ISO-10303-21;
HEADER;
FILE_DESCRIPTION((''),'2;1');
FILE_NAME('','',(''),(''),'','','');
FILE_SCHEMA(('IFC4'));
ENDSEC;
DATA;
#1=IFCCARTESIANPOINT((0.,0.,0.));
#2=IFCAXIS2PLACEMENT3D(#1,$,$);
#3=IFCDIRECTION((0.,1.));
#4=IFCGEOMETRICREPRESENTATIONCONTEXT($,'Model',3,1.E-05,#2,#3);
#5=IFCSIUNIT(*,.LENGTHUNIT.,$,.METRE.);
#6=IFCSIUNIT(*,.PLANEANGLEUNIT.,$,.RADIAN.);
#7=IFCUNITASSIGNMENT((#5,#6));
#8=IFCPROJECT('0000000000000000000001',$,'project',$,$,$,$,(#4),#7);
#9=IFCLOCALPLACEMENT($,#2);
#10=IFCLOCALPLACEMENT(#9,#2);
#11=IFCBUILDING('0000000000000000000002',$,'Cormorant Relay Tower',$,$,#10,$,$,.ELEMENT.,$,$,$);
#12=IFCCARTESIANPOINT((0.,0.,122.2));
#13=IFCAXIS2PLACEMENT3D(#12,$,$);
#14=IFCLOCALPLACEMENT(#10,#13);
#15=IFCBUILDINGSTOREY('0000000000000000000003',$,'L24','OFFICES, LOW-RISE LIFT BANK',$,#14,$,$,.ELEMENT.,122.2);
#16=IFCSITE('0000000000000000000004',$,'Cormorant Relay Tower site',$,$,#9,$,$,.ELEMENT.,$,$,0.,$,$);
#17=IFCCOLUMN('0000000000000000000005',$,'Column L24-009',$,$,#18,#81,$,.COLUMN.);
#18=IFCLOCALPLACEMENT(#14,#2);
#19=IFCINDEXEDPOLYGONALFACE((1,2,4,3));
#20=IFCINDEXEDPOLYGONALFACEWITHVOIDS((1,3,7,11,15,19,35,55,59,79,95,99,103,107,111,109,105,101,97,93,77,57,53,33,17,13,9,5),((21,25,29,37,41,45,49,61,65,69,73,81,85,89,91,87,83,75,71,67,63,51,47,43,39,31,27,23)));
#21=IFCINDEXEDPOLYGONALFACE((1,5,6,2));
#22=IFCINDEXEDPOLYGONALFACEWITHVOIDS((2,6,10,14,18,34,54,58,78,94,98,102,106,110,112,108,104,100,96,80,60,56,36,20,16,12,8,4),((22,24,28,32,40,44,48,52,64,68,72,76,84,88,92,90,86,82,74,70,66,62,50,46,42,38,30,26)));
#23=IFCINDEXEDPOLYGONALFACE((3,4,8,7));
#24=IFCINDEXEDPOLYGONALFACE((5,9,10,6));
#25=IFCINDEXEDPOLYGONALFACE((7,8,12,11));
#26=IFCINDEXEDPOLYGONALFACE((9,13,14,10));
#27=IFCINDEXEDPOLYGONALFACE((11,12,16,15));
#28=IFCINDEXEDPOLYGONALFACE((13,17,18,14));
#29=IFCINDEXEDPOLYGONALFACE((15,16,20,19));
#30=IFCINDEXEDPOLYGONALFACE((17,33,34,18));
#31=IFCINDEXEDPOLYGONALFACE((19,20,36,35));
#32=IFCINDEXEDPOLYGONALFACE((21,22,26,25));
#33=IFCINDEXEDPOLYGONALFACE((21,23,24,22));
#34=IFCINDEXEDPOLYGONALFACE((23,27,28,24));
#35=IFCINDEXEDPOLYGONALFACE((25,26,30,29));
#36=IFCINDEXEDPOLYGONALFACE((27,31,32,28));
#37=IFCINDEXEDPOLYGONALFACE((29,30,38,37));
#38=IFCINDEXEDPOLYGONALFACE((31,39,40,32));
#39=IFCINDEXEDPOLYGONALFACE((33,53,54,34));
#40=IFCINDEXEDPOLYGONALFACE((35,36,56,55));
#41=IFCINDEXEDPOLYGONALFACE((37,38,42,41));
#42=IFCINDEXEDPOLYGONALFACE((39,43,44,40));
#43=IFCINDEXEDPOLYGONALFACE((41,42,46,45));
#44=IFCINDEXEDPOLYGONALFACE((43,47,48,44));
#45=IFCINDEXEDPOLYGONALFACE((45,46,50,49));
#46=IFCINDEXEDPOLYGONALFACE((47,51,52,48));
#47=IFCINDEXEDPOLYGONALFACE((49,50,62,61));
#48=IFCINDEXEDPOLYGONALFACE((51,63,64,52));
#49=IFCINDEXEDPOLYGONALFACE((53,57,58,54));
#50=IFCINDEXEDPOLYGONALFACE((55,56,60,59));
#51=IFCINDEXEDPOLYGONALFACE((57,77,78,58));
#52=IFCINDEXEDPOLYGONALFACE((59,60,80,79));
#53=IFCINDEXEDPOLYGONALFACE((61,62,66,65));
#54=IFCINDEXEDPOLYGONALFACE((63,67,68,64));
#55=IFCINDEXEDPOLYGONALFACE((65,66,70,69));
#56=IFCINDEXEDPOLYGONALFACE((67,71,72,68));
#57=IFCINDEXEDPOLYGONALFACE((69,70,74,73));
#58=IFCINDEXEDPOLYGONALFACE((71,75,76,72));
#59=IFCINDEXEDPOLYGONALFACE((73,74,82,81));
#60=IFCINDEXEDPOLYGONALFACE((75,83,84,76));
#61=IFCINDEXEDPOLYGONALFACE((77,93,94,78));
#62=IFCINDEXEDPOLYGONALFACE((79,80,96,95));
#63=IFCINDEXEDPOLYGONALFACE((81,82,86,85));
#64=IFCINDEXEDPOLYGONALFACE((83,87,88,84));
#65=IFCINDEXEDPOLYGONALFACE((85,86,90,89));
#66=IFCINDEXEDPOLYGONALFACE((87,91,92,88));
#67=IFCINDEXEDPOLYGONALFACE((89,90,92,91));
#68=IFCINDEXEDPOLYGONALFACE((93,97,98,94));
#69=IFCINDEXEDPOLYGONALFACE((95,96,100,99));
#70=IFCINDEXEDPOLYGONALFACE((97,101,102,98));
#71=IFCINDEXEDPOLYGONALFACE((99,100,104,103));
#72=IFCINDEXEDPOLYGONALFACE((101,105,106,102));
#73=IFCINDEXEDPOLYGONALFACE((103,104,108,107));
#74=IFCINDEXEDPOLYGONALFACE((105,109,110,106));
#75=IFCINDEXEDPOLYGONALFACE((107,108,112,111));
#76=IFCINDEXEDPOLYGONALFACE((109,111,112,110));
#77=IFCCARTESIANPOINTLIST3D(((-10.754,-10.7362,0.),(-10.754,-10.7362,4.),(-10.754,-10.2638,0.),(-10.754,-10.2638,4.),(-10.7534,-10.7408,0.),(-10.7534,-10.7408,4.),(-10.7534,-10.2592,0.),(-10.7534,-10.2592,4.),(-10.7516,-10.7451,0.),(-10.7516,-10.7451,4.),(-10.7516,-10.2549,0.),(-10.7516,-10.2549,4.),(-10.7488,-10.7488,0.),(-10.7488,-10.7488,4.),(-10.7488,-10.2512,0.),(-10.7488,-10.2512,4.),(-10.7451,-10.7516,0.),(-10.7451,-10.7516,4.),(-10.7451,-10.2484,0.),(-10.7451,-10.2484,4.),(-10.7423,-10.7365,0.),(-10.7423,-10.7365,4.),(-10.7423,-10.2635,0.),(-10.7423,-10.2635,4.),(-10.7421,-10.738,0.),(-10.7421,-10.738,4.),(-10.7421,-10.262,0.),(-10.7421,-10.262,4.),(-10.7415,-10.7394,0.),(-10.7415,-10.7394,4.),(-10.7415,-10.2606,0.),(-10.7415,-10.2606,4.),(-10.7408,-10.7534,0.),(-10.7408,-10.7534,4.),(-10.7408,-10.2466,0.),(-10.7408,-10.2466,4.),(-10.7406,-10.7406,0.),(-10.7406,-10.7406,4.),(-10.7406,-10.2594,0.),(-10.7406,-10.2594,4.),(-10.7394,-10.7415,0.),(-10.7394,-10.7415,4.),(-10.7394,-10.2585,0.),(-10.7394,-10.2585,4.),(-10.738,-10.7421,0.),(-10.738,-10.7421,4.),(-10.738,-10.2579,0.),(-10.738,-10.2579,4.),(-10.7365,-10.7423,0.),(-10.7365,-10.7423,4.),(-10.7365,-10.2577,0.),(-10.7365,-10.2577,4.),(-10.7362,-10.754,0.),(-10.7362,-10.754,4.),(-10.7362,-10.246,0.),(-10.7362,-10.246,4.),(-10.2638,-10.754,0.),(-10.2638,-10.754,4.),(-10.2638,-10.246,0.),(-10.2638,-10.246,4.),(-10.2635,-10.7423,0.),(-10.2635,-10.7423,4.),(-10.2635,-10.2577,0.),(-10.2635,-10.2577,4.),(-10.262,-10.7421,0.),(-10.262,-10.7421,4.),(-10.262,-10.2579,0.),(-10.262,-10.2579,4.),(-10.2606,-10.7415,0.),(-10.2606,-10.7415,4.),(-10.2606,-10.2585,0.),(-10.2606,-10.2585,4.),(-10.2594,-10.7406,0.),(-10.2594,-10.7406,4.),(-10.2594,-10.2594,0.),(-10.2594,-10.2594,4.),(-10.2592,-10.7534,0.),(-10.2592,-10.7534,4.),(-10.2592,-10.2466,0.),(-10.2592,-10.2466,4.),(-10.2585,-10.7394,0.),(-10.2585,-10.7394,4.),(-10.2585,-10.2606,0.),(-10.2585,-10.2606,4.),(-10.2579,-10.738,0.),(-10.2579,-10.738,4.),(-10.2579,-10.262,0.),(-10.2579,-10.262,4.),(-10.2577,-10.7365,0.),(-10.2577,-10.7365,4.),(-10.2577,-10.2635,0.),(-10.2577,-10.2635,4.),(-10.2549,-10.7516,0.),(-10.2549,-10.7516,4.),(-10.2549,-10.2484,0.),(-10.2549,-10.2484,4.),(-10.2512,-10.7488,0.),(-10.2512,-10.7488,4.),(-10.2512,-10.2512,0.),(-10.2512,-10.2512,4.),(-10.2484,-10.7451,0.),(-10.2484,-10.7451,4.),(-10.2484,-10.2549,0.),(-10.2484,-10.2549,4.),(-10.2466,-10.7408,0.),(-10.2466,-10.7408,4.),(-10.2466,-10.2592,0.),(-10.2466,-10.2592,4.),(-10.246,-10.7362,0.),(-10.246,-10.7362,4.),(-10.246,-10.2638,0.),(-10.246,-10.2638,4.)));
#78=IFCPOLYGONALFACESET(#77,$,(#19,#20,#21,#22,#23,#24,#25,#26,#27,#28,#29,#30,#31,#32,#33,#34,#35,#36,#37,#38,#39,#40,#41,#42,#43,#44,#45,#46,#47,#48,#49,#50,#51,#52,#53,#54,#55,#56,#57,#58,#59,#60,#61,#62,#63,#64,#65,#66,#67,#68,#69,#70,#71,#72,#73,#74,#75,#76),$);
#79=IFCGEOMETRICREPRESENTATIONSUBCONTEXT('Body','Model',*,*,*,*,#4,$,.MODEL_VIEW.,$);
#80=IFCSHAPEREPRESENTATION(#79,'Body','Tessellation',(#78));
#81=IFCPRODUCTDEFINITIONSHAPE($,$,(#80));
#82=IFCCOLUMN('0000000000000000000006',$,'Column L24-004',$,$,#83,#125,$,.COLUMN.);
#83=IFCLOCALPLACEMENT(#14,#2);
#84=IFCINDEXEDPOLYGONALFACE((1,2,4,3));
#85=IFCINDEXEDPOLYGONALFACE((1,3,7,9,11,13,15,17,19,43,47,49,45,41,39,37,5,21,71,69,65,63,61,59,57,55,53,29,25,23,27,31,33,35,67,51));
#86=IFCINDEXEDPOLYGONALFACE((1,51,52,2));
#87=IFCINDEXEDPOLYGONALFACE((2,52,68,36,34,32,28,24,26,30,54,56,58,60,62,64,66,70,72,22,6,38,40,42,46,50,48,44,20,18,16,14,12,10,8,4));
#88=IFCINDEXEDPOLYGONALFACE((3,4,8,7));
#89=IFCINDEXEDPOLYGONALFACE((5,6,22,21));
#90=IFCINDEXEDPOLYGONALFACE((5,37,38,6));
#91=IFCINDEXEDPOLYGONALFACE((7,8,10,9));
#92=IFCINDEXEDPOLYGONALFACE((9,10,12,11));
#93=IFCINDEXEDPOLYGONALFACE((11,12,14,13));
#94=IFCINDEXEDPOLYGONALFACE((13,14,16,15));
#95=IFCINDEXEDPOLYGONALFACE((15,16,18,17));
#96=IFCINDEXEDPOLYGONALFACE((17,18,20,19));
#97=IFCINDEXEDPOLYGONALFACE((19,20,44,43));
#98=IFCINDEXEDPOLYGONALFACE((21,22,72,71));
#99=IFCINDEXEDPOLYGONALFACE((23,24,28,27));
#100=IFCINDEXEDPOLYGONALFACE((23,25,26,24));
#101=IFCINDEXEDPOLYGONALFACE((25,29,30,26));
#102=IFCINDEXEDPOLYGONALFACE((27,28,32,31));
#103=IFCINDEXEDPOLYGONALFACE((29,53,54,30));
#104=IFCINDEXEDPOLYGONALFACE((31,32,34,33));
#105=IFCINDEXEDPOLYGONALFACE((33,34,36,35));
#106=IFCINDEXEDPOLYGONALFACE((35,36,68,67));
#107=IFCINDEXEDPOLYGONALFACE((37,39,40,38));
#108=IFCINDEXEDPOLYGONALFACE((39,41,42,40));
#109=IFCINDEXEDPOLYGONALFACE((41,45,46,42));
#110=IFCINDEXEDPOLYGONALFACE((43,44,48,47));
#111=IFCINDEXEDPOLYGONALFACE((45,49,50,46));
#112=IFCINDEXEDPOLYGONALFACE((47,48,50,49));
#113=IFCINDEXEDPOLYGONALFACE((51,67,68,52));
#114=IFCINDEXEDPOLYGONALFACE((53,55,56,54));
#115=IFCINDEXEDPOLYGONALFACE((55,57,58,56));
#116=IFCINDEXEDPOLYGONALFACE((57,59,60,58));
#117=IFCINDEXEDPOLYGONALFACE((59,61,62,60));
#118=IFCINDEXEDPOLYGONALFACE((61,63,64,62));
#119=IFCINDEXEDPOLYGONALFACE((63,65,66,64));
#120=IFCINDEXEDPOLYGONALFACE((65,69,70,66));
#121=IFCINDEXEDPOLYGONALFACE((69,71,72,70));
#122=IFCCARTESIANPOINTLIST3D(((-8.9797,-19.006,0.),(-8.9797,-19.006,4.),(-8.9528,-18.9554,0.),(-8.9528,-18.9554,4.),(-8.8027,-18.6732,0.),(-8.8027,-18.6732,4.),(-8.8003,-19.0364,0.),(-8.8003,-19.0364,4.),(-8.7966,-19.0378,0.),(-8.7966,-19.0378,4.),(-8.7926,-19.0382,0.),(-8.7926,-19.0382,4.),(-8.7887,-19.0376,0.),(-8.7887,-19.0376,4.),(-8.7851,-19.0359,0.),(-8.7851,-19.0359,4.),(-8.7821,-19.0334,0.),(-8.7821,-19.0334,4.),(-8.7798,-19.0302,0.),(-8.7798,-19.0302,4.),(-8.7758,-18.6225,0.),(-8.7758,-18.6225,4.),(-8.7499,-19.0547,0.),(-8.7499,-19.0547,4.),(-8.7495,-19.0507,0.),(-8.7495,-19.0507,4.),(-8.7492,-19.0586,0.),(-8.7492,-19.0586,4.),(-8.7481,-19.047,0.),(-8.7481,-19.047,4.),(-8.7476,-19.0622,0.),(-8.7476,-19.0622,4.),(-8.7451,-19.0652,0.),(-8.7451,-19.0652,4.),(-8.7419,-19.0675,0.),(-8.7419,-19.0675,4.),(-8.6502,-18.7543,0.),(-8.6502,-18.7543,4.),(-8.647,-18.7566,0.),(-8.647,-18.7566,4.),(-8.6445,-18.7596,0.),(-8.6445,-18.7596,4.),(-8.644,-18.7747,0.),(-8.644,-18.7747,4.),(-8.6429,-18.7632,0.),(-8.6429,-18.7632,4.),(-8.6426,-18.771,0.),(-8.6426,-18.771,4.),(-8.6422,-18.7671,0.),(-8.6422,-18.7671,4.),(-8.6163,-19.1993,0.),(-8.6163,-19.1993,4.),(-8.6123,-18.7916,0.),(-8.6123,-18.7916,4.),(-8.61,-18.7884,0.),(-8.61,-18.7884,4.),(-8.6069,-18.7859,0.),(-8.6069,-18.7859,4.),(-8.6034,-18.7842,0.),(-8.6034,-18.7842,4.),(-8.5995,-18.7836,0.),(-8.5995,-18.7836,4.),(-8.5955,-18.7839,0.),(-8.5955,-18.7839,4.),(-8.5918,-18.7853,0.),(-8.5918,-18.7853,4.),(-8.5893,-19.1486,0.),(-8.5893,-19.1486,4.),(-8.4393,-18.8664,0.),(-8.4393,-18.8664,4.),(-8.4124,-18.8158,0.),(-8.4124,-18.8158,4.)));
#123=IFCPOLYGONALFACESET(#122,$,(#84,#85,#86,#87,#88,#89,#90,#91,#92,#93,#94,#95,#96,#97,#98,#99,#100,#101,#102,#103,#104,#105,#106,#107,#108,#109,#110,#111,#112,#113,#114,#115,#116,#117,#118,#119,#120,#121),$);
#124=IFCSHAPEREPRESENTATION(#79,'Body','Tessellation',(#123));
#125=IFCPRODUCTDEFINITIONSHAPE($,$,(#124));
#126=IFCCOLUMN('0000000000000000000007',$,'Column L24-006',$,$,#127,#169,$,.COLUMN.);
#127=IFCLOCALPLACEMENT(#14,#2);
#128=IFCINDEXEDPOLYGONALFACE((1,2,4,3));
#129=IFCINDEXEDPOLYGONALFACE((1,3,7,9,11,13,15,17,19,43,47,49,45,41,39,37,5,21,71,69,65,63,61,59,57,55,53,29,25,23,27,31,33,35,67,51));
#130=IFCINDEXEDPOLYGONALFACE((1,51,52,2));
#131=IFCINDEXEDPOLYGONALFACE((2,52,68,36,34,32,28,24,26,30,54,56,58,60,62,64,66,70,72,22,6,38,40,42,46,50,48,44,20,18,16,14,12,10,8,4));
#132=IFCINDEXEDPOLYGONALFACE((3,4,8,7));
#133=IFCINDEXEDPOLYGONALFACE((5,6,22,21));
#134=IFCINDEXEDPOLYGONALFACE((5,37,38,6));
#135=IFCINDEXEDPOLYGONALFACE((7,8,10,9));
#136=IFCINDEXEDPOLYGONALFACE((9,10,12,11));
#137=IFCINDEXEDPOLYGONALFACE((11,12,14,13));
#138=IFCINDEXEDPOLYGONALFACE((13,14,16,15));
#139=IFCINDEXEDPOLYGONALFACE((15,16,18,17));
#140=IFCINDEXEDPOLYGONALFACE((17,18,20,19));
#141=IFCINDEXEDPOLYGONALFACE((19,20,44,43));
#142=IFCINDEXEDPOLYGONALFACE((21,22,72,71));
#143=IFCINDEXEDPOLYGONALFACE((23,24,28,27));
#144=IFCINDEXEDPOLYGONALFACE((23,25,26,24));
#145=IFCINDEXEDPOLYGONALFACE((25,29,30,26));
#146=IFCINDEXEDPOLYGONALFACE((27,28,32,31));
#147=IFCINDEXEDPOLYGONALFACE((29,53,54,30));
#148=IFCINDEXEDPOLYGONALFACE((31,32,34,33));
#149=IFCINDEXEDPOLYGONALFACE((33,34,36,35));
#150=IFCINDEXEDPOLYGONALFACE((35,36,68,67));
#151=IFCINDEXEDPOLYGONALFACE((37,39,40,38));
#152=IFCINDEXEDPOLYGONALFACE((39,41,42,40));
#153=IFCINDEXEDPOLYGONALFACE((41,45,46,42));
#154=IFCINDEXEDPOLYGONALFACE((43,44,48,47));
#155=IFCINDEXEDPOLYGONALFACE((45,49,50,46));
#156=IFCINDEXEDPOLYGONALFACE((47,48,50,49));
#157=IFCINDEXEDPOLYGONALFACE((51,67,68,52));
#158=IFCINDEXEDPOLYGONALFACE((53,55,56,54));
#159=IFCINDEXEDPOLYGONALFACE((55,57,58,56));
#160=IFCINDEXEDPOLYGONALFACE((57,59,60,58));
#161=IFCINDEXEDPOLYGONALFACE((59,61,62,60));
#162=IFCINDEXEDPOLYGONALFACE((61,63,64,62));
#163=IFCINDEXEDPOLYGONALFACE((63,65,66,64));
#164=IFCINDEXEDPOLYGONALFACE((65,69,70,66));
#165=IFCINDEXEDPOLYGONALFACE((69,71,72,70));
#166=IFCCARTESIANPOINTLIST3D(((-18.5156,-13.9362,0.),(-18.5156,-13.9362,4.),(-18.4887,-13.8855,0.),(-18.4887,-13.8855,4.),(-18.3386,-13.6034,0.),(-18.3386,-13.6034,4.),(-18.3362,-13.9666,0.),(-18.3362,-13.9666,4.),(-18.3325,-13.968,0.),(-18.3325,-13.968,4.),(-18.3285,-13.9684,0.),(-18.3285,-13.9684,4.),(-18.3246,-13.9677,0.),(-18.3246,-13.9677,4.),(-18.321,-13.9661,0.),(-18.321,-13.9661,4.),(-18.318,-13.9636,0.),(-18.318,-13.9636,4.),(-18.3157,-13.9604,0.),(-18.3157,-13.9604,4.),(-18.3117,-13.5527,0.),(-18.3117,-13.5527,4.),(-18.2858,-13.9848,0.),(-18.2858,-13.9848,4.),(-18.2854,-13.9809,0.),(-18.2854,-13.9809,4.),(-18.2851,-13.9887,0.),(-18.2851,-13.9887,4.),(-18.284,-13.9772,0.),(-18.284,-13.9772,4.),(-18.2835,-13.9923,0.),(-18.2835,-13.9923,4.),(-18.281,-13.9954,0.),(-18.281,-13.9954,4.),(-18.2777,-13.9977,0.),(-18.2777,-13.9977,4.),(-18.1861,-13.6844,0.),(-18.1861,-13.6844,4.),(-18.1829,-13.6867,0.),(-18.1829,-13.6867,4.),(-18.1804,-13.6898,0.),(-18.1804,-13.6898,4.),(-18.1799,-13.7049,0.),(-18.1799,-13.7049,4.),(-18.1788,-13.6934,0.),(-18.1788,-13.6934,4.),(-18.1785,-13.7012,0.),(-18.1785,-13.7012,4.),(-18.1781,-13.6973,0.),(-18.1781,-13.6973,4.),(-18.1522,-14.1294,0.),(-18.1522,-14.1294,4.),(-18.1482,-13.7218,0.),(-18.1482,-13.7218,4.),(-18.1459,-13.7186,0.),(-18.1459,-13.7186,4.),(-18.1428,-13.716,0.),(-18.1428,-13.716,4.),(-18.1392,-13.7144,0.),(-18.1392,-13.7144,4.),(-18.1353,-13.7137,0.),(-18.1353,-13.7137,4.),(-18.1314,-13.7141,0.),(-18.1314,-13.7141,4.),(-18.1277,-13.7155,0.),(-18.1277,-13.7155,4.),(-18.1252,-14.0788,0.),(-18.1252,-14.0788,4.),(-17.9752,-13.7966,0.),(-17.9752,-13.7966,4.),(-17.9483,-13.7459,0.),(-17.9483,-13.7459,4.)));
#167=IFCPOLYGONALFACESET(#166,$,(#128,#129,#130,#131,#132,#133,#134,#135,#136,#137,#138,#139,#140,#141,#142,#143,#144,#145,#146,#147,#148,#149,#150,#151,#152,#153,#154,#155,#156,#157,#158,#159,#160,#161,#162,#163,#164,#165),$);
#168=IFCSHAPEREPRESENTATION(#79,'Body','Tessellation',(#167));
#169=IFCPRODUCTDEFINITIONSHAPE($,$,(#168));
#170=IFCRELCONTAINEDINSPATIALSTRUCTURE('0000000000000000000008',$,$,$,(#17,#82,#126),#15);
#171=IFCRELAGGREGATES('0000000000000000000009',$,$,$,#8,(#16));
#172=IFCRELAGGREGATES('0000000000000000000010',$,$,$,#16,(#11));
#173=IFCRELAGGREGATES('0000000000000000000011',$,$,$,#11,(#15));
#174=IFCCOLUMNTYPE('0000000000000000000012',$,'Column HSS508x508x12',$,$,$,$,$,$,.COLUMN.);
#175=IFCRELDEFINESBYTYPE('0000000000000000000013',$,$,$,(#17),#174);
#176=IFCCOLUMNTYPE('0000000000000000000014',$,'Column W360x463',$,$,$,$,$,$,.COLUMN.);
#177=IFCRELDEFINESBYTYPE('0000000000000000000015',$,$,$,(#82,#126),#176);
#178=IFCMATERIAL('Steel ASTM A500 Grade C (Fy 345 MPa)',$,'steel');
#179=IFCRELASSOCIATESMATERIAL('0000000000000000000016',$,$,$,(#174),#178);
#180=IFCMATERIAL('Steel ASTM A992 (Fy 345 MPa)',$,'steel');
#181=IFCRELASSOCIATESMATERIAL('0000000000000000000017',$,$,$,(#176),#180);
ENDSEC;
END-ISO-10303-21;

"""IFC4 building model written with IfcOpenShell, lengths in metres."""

from ifc_helpers import new_model, si_unit, direction, frame, origin, origin_2d, place, context, subcontext, project, spatial, hollow_rectangle, i_section, extrude, material, material_profile, profile_set, type_object, element, save


model = new_model("IFC4")

# Units and contexts
model_context = context("Model", 3, precision=1e-05, world=origin(), true_north=direction((0.0, 1.0)))
body_context = subcontext(model_context, "Body", "Model", "MODEL_VIEW")
ifc_project = project(units=[si_unit("LENGTHUNIT", "METRE"), si_unit("PLANEANGLEUNIT", "RADIAN")], contexts=[model_context])

# Site, building, storey
site_placement = place(None, origin())
site = spatial("IfcSite", under=ifc_project, at=site_placement, Name="Cormorant Relay Tower site", CompositionType="ELEMENT", RefElevation=0.0)
building_placement = place(site_placement, origin())
building = spatial("IfcBuilding", under=site, at=building_placement, Name="Cormorant Relay Tower", CompositionType="ELEMENT")
storey_placement = place(building_placement, frame((0.0, 0.0, 122.2)))
storey = spatial("IfcBuildingStorey", under=building, at=storey_placement, Name="L24", Description="OFFICES, LOW-RISE LIFT BANK", CompositionType="ELEMENT", Elevation=122.2)

# Columns
ifc_material_1 = material(Name="Steel ASTM A500 Grade C (Fy 345 MPa)", Category="steel")
ifc_material_profile_1 = material_profile(ifc_material_1, hollow_rectangle(XDim=0.5081, YDim=0.5081, WallThickness=0.0117, InnerFilletRadius=0.0059, OuterFilletRadius=0.0178, at=origin_2d()), Name="HSS508x508x12")
ifc_profile_set_1 = profile_set([ifc_material_profile_1], Name="Steel ASTM A500 Grade C (Fy 345 MPa)")
column_type_1 = type_object("IfcColumnType", Name="Column HSS508x508x12", PredefinedType="COLUMN", material=ifc_profile_set_1)
column_1_placement = place(storey_placement, frame((-10.5, -10.5, 0.0), z_axis=(0.0, 0.0, 1.0), x_axis=(1.0, 0.0, 0.0)))
element("IfcColumn", 1, at=column_1_placement, inside=storey, type_object=column_type_1, Name="Column L24-009", PredefinedType="COLUMN", context=body_context, shape_type="SweptSolid", body=[
    extrude(hollow_rectangle(XDim=0.5081, YDim=0.5081, WallThickness=0.0117, InnerFilletRadius=0.0059, OuterFilletRadius=0.0178, at=origin_2d()), origin(), (0.0, 0.0, 1.0), 4.0),
])
ifc_material_2 = material(Name="Steel ASTM A992 (Fy 345 MPa)", Category="steel")
ifc_material_profile_2 = material_profile(ifc_material_2, i_section(OverallWidth=0.4116, OverallDepth=0.4343, WebThickness=0.0359, FlangeThickness=0.0574, FilletRadius=0.0151, at=origin_2d()), Name="W360x463")
ifc_profile_set_2 = profile_set([ifc_material_profile_2], Name="Steel ASTM A992 (Fy 345 MPa)")
column_type_2 = type_object("IfcColumnType", Name="Column W360x463", PredefinedType="COLUMN", material=ifc_profile_set_2)
for number, where, z_axis, x_axis, name in (
    (2, (-8.696, -18.9109, 0.0), (0.0, 0.0, 1.0), (0.882948, -0.469472, 0.0), "Column L24-004"),
    (3, (-18.2319, -13.8411, 0.0), (0.0, 0.0, 1.0), (0.882948, -0.469472, 0.0), "Column L24-006"),
):
    element("IfcColumn", number, at=place(storey_placement, frame(where, z_axis=z_axis, x_axis=x_axis)), inside=storey, type_object=column_type_2, Name=name, PredefinedType="COLUMN", context=body_context, shape_type="SweptSolid", body=[
        extrude(i_section(OverallWidth=0.4116, OverallDepth=0.4343, WebThickness=0.0359, FlangeThickness=0.0574, FilletRadius=0.0151, at=origin_2d()), origin(), (0.0, 0.0, 1.0), 4.0),
    ])

save(model, "model.ifc")
